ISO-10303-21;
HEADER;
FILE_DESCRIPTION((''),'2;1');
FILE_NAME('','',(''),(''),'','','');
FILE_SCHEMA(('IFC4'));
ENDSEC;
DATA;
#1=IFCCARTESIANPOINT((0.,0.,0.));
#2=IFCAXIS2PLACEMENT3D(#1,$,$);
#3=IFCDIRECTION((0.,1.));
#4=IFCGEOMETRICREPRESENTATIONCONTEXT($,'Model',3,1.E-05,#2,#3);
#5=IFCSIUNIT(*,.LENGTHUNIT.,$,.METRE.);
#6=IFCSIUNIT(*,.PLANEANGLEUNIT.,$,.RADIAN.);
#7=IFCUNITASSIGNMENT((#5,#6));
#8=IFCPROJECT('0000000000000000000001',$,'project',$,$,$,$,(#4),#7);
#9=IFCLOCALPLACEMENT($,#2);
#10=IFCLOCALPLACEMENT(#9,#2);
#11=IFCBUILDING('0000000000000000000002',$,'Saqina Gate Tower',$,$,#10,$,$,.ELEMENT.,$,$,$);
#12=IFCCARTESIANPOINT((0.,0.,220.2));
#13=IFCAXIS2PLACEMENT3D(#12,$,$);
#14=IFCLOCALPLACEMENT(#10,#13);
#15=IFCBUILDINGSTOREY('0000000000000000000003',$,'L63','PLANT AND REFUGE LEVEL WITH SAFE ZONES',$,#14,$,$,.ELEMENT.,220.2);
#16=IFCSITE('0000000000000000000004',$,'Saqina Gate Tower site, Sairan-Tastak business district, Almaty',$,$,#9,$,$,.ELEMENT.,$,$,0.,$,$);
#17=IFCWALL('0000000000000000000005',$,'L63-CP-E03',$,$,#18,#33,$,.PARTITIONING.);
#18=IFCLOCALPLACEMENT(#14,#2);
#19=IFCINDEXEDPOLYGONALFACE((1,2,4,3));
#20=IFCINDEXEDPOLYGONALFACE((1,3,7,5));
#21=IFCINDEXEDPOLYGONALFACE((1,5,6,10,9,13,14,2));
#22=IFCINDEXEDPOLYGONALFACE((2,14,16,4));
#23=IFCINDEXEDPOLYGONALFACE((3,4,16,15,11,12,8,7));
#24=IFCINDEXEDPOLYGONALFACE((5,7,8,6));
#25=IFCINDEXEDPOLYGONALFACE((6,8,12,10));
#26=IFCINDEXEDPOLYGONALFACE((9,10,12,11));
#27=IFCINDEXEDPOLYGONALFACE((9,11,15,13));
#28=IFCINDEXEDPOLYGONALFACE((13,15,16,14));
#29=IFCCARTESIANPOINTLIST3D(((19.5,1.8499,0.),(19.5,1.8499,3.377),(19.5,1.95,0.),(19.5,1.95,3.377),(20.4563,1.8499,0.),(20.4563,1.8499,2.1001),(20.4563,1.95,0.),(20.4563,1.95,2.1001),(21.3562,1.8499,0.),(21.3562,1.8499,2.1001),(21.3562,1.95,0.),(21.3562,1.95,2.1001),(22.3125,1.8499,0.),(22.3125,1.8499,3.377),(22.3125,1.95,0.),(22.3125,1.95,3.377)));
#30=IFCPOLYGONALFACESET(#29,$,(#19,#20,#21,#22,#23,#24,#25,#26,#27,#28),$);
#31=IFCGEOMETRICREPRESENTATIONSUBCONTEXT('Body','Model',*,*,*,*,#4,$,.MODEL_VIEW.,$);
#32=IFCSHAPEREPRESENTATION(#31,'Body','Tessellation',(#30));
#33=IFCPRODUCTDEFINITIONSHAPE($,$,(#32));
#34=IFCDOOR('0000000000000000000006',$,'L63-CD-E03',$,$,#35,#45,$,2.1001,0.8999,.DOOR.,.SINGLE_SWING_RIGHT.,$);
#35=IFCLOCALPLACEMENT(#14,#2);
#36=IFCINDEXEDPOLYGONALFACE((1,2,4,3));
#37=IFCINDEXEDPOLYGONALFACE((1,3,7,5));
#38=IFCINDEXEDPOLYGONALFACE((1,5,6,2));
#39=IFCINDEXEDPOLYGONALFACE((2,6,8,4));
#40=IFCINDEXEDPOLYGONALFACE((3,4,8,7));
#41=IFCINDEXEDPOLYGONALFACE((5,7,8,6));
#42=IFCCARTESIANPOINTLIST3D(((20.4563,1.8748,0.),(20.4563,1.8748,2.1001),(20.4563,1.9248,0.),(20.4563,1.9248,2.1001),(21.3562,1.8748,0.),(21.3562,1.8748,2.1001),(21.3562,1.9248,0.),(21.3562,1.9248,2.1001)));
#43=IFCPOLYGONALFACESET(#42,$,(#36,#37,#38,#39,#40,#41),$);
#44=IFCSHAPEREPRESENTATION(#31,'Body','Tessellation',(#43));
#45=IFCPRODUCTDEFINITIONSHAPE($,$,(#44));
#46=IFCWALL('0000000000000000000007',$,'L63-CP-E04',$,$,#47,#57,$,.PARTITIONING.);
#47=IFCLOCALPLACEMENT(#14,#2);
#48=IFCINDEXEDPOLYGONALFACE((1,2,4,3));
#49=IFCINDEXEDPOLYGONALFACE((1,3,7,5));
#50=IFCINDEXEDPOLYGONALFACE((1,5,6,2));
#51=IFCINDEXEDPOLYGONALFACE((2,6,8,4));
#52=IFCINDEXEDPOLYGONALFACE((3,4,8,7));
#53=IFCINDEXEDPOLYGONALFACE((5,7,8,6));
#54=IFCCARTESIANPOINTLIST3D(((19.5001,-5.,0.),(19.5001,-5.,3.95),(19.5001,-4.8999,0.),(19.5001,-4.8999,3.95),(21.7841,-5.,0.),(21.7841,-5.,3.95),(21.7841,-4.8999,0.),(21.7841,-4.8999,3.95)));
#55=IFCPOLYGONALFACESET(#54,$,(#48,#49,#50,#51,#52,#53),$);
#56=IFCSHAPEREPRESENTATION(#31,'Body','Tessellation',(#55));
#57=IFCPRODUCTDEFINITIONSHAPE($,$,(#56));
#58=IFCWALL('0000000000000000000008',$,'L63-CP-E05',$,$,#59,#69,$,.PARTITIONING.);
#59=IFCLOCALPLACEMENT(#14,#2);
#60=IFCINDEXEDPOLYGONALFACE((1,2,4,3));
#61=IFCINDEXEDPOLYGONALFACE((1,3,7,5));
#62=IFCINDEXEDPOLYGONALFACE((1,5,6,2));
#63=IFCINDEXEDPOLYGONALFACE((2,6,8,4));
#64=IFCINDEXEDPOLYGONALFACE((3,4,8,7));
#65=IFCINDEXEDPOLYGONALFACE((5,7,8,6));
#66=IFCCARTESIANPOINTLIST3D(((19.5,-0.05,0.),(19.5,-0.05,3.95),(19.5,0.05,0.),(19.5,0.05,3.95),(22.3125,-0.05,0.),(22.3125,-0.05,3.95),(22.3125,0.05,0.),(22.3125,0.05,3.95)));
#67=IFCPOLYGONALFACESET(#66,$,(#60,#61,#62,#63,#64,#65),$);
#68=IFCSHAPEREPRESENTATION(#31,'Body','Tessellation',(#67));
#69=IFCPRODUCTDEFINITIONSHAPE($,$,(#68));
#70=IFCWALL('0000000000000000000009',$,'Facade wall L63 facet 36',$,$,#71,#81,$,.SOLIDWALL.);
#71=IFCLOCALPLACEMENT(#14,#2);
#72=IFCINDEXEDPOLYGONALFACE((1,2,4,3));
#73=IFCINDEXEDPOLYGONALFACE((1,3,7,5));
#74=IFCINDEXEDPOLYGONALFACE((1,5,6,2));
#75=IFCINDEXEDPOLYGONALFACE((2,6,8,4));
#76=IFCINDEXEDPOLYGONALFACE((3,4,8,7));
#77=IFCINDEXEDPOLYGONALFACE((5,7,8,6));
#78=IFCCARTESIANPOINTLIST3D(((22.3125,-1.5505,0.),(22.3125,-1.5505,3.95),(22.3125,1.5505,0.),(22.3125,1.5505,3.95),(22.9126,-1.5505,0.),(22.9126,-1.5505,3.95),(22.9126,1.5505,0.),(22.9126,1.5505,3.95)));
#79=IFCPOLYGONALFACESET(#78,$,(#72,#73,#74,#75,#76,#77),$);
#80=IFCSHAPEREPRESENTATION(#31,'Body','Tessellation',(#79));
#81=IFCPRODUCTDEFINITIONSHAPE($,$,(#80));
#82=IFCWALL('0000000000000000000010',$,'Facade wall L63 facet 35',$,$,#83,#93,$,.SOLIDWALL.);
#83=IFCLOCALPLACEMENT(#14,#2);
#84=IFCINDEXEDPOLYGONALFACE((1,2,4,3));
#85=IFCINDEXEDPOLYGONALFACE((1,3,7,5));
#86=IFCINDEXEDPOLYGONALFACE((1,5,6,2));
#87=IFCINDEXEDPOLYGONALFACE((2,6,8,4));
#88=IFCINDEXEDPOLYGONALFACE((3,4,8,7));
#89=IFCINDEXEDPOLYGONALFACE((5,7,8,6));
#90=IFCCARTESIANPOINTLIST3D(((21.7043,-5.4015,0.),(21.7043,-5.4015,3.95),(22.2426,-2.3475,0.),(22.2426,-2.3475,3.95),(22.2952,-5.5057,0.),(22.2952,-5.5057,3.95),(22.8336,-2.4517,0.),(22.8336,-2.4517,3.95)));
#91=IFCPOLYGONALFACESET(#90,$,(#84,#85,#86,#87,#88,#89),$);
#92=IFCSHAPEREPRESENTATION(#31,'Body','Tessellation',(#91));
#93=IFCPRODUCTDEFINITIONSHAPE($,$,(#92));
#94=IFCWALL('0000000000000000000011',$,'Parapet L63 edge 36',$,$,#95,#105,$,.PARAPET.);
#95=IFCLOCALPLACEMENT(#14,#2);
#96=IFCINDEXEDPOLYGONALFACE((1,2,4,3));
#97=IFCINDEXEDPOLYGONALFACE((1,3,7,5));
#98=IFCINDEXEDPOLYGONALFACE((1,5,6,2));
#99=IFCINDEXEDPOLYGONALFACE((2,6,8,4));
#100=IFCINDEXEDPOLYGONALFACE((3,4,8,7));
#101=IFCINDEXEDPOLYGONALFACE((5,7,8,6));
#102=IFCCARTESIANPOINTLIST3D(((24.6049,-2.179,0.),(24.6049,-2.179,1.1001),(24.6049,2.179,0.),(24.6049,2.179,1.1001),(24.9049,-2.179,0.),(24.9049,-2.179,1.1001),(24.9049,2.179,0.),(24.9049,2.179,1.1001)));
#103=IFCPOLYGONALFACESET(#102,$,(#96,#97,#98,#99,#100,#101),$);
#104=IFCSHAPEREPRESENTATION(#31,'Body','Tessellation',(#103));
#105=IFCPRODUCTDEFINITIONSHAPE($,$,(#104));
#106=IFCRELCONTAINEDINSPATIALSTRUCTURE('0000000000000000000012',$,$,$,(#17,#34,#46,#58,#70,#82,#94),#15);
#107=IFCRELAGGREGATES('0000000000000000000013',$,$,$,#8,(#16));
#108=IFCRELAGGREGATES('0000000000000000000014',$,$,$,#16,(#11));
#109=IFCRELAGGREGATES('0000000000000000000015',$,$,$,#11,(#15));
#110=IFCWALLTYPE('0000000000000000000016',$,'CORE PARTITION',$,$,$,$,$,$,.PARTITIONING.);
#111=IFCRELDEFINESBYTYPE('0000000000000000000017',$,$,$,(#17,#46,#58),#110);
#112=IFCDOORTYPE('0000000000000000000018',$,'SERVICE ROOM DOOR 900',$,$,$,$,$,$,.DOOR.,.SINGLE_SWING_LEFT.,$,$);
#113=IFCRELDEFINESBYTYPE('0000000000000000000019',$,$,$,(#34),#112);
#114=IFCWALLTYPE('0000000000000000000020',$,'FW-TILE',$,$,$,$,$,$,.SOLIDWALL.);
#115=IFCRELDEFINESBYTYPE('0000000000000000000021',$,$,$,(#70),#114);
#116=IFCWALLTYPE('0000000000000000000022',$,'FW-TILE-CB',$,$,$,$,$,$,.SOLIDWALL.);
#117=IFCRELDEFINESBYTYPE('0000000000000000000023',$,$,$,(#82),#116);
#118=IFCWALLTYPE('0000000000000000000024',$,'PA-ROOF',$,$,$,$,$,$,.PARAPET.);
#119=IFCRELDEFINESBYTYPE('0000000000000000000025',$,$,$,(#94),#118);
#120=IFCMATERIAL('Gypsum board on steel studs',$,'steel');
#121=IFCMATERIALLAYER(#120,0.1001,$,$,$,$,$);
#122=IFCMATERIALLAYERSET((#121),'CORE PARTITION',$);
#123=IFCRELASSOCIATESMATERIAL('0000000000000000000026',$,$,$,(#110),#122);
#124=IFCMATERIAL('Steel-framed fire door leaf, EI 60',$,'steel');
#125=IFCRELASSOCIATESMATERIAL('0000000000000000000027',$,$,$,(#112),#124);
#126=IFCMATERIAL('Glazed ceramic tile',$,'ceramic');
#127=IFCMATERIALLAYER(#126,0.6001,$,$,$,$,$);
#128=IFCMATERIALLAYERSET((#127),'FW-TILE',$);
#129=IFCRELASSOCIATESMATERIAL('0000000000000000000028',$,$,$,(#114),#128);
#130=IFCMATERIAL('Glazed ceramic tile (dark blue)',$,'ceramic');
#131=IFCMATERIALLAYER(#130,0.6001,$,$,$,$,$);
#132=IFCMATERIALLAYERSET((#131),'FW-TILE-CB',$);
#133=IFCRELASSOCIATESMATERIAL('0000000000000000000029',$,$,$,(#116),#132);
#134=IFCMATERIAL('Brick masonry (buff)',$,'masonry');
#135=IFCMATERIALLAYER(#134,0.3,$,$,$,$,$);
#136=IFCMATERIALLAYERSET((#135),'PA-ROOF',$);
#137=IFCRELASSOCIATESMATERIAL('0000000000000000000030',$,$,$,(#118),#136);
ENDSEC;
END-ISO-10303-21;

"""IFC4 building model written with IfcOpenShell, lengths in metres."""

from ifc_helpers import new_model, si_unit, direction, frame, frame_2d, origin, place, context, subcontext, project, spatial, rectangle, extrude, material, layer, layer_set, type_object, element, fill, save


model = new_model("IFC4")

# Units and contexts
model_context = context("Model", 3, precision=1e-05, world=origin(), true_north=direction((0.0, 1.0)))
body_context = subcontext(model_context, "Body", "Model", "MODEL_VIEW")
ifc_project = project(units=[si_unit("LENGTHUNIT", "METRE"), si_unit("PLANEANGLEUNIT", "RADIAN")], contexts=[model_context])

# Site, building, storey
site_placement = place(None, origin())
site = spatial("IfcSite", under=ifc_project, at=site_placement, Name="Saqina Gate Tower site, Sairan-Tastak business district, Almaty", CompositionType="ELEMENT", RefElevation=0.0)
building_placement = place(site_placement, origin())
building = spatial("IfcBuilding", under=site, at=building_placement, Name="Saqina Gate Tower", CompositionType="ELEMENT")
storey_placement = place(building_placement, frame((0.0, 0.0, 220.2)))
storey = spatial("IfcBuildingStorey", under=building, at=storey_placement, Name="L63", Description="PLANT AND REFUGE LEVEL WITH SAFE ZONES", CompositionType="ELEMENT", Elevation=220.2)

# Wall, opening, door
ifc_material_1 = material(Name="Gypsum board on steel studs", Category="steel")
ifc_layer_1 = layer(ifc_material_1, 0.1001)
ifc_layer_set_1 = layer_set([ifc_layer_1], Name="CORE PARTITION")
wall_type_1 = type_object("IfcWallType", Name="CORE PARTITION", PredefinedType="PARTITIONING", material=ifc_layer_set_1)
wall_1_placement = place(storey_placement, frame((19.5, 1.8999, 0.0), z_axis=(0.0, 0.0, 1.0), x_axis=(1.0, 0.0, 0.0)))
wall_1 = element("IfcWall", 1, at=wall_1_placement, inside=storey, type_object=wall_type_1, Name="L63-CP-E03", PredefinedType="PARTITIONING", context=body_context, shape_type="SweptSolid", body=[
    extrude(rectangle(XDim=2.8125, YDim=0.1001, at=frame_2d((1.4062, 0.0))), origin(), (0.0, 0.0, 1.0), 3.377),
])
opening_placement = place(wall_1_placement, frame((0.9563, 0.0, 0.0)))
opening = element("IfcOpeningElement", 2, at=opening_placement, cuts=wall_1, PredefinedType="OPENING", context=body_context, shape_type="SweptSolid", body=[
    extrude(rectangle(XDim=0.8999, YDim=2.1001, at=frame_2d((0.45, 1.05))), frame((0.0, 0.062, 0.0), z_axis=(0.0, -1.0, 0.0), x_axis=(1.0, 0.0, 0.0)), (0.0, 0.0, 1.0), 0.124),
])
ifc_material_2 = material(Name="Steel-framed fire door leaf, EI 60", Category="steel")
door_type = type_object("IfcDoorType", Name="SERVICE ROOM DOOR 900", OperationType="SINGLE_SWING_LEFT", PredefinedType="DOOR", material=ifc_material_2)
door_placement = place(opening_placement, origin())
door = element("IfcDoor", 3, at=door_placement, inside=storey, type_object=door_type, Name="L63-CD-E03", OperationType="SINGLE_SWING_RIGHT", OverallHeight=2.1001, OverallWidth=0.8999, PredefinedType="DOOR", context=body_context, shape_type="SweptSolid", body=[
    extrude(rectangle(XDim=0.8999, YDim=2.1001, at=frame_2d((0.45, 1.05))), frame((0.0, 0.0249, 0.0), z_axis=(0.0, -1.0, 0.0), x_axis=(1.0, 0.0, 0.0)), (0.0, 0.0, 1.0), 0.05),
])
fill(opening, door)

# Walls
wall_2_placement = place(storey_placement, frame((19.5, -4.95, 0.0), z_axis=(0.0, 0.0, 1.0), x_axis=(1.0, 0.0, 0.0)))
element("IfcWall", 4, at=wall_2_placement, inside=storey, type_object=wall_type_1, Name="L63-CP-E04", PredefinedType="PARTITIONING", context=body_context, shape_type="SweptSolid", body=[
    extrude(rectangle(XDim=2.2839, YDim=0.1001, at=frame_2d((1.1421, 0.0))), origin(), (0.0, 0.0, 1.0), 3.95),
])
wall_3_placement = place(storey_placement, frame((19.5, 0.0, 0.0), z_axis=(0.0, 0.0, 1.0), x_axis=(1.0, 0.0, 0.0)))
element("IfcWall", 5, at=wall_3_placement, inside=storey, type_object=wall_type_1, Name="L63-CP-E05", PredefinedType="PARTITIONING", context=body_context, shape_type="SweptSolid", body=[
    extrude(rectangle(XDim=2.8125, YDim=0.1001, at=frame_2d((1.4062, 0.0))), origin(), (0.0, 0.0, 1.0), 3.95),
])
ifc_material_3 = material(Name="Glazed ceramic tile", Category="ceramic")
ifc_layer_2 = layer(ifc_material_3, 0.6001)
ifc_layer_set_2 = layer_set([ifc_layer_2], Name="FW-TILE")
wall_type_2 = type_object("IfcWallType", Name="FW-TILE", PredefinedType="SOLIDWALL", material=ifc_layer_set_2)
wall_4_placement = place(storey_placement, frame((22.6125, -1.5505, 0.0), z_axis=(0.0, 0.0, 1.0), x_axis=(0.0, 1.0, 0.0)))
element("IfcWall", 6, at=wall_4_placement, inside=storey, type_object=wall_type_2, Name="Facade wall L63 facet 36", PredefinedType="SOLIDWALL", context=body_context, shape_type="SweptSolid", body=[
    extrude(rectangle(XDim=3.1011, YDim=0.6001, at=frame_2d((1.5505, 0.0))), origin(), (0.0, 0.0, 1.0), 3.95),
])
ifc_material_4 = material(Name="Glazed ceramic tile (dark blue)", Category="ceramic")
ifc_layer_3 = layer(ifc_material_4, 0.6001)
ifc_layer_set_3 = layer_set([ifc_layer_3], Name="FW-TILE-CB")
wall_type_3 = type_object("IfcWallType", Name="FW-TILE-CB", PredefinedType="SOLIDWALL", material=ifc_layer_set_3)
wall_5_placement = place(storey_placement, frame((21.9998, -5.4536, 0.0), z_axis=(0.0, 0.0, 1.0), x_axis=(0.173597, 0.984817, 0.0)))
element("IfcWall", 7, at=wall_5_placement, inside=storey, type_object=wall_type_3, Name="Facade wall L63 facet 35", PredefinedType="SOLIDWALL", context=body_context, shape_type="SweptSolid", body=[
    extrude(rectangle(XDim=3.1011, YDim=0.6001, at=frame_2d((1.5505, 0.0))), origin(), (0.0, 0.0, 1.0), 3.95),
])
ifc_material_5 = material(Name="Brick masonry (buff)", Category="masonry")
ifc_layer_4 = layer(ifc_material_5, 0.3)
ifc_layer_set_4 = layer_set([ifc_layer_4], Name="PA-ROOF")
wall_type_4 = type_object("IfcWallType", Name="PA-ROOF", PredefinedType="PARAPET", material=ifc_layer_set_4)
wall_6_placement = place(storey_placement, frame((24.7549, -2.179, 0.0), z_axis=(0.0, 0.0, 1.0), x_axis=(0.0, 1.0, 0.0)))
element("IfcWall", 8, at=wall_6_placement, inside=storey, type_object=wall_type_4, Name="Parapet L63 edge 36", PredefinedType="PARAPET", context=body_context, shape_type="SweptSolid", body=[
    extrude(rectangle(XDim=4.3579, YDim=0.3, at=frame_2d((2.179, 0.0))), origin(), (0.0, 0.0, 1.0), 1.1001),
])

save(model, "model.ifc")
